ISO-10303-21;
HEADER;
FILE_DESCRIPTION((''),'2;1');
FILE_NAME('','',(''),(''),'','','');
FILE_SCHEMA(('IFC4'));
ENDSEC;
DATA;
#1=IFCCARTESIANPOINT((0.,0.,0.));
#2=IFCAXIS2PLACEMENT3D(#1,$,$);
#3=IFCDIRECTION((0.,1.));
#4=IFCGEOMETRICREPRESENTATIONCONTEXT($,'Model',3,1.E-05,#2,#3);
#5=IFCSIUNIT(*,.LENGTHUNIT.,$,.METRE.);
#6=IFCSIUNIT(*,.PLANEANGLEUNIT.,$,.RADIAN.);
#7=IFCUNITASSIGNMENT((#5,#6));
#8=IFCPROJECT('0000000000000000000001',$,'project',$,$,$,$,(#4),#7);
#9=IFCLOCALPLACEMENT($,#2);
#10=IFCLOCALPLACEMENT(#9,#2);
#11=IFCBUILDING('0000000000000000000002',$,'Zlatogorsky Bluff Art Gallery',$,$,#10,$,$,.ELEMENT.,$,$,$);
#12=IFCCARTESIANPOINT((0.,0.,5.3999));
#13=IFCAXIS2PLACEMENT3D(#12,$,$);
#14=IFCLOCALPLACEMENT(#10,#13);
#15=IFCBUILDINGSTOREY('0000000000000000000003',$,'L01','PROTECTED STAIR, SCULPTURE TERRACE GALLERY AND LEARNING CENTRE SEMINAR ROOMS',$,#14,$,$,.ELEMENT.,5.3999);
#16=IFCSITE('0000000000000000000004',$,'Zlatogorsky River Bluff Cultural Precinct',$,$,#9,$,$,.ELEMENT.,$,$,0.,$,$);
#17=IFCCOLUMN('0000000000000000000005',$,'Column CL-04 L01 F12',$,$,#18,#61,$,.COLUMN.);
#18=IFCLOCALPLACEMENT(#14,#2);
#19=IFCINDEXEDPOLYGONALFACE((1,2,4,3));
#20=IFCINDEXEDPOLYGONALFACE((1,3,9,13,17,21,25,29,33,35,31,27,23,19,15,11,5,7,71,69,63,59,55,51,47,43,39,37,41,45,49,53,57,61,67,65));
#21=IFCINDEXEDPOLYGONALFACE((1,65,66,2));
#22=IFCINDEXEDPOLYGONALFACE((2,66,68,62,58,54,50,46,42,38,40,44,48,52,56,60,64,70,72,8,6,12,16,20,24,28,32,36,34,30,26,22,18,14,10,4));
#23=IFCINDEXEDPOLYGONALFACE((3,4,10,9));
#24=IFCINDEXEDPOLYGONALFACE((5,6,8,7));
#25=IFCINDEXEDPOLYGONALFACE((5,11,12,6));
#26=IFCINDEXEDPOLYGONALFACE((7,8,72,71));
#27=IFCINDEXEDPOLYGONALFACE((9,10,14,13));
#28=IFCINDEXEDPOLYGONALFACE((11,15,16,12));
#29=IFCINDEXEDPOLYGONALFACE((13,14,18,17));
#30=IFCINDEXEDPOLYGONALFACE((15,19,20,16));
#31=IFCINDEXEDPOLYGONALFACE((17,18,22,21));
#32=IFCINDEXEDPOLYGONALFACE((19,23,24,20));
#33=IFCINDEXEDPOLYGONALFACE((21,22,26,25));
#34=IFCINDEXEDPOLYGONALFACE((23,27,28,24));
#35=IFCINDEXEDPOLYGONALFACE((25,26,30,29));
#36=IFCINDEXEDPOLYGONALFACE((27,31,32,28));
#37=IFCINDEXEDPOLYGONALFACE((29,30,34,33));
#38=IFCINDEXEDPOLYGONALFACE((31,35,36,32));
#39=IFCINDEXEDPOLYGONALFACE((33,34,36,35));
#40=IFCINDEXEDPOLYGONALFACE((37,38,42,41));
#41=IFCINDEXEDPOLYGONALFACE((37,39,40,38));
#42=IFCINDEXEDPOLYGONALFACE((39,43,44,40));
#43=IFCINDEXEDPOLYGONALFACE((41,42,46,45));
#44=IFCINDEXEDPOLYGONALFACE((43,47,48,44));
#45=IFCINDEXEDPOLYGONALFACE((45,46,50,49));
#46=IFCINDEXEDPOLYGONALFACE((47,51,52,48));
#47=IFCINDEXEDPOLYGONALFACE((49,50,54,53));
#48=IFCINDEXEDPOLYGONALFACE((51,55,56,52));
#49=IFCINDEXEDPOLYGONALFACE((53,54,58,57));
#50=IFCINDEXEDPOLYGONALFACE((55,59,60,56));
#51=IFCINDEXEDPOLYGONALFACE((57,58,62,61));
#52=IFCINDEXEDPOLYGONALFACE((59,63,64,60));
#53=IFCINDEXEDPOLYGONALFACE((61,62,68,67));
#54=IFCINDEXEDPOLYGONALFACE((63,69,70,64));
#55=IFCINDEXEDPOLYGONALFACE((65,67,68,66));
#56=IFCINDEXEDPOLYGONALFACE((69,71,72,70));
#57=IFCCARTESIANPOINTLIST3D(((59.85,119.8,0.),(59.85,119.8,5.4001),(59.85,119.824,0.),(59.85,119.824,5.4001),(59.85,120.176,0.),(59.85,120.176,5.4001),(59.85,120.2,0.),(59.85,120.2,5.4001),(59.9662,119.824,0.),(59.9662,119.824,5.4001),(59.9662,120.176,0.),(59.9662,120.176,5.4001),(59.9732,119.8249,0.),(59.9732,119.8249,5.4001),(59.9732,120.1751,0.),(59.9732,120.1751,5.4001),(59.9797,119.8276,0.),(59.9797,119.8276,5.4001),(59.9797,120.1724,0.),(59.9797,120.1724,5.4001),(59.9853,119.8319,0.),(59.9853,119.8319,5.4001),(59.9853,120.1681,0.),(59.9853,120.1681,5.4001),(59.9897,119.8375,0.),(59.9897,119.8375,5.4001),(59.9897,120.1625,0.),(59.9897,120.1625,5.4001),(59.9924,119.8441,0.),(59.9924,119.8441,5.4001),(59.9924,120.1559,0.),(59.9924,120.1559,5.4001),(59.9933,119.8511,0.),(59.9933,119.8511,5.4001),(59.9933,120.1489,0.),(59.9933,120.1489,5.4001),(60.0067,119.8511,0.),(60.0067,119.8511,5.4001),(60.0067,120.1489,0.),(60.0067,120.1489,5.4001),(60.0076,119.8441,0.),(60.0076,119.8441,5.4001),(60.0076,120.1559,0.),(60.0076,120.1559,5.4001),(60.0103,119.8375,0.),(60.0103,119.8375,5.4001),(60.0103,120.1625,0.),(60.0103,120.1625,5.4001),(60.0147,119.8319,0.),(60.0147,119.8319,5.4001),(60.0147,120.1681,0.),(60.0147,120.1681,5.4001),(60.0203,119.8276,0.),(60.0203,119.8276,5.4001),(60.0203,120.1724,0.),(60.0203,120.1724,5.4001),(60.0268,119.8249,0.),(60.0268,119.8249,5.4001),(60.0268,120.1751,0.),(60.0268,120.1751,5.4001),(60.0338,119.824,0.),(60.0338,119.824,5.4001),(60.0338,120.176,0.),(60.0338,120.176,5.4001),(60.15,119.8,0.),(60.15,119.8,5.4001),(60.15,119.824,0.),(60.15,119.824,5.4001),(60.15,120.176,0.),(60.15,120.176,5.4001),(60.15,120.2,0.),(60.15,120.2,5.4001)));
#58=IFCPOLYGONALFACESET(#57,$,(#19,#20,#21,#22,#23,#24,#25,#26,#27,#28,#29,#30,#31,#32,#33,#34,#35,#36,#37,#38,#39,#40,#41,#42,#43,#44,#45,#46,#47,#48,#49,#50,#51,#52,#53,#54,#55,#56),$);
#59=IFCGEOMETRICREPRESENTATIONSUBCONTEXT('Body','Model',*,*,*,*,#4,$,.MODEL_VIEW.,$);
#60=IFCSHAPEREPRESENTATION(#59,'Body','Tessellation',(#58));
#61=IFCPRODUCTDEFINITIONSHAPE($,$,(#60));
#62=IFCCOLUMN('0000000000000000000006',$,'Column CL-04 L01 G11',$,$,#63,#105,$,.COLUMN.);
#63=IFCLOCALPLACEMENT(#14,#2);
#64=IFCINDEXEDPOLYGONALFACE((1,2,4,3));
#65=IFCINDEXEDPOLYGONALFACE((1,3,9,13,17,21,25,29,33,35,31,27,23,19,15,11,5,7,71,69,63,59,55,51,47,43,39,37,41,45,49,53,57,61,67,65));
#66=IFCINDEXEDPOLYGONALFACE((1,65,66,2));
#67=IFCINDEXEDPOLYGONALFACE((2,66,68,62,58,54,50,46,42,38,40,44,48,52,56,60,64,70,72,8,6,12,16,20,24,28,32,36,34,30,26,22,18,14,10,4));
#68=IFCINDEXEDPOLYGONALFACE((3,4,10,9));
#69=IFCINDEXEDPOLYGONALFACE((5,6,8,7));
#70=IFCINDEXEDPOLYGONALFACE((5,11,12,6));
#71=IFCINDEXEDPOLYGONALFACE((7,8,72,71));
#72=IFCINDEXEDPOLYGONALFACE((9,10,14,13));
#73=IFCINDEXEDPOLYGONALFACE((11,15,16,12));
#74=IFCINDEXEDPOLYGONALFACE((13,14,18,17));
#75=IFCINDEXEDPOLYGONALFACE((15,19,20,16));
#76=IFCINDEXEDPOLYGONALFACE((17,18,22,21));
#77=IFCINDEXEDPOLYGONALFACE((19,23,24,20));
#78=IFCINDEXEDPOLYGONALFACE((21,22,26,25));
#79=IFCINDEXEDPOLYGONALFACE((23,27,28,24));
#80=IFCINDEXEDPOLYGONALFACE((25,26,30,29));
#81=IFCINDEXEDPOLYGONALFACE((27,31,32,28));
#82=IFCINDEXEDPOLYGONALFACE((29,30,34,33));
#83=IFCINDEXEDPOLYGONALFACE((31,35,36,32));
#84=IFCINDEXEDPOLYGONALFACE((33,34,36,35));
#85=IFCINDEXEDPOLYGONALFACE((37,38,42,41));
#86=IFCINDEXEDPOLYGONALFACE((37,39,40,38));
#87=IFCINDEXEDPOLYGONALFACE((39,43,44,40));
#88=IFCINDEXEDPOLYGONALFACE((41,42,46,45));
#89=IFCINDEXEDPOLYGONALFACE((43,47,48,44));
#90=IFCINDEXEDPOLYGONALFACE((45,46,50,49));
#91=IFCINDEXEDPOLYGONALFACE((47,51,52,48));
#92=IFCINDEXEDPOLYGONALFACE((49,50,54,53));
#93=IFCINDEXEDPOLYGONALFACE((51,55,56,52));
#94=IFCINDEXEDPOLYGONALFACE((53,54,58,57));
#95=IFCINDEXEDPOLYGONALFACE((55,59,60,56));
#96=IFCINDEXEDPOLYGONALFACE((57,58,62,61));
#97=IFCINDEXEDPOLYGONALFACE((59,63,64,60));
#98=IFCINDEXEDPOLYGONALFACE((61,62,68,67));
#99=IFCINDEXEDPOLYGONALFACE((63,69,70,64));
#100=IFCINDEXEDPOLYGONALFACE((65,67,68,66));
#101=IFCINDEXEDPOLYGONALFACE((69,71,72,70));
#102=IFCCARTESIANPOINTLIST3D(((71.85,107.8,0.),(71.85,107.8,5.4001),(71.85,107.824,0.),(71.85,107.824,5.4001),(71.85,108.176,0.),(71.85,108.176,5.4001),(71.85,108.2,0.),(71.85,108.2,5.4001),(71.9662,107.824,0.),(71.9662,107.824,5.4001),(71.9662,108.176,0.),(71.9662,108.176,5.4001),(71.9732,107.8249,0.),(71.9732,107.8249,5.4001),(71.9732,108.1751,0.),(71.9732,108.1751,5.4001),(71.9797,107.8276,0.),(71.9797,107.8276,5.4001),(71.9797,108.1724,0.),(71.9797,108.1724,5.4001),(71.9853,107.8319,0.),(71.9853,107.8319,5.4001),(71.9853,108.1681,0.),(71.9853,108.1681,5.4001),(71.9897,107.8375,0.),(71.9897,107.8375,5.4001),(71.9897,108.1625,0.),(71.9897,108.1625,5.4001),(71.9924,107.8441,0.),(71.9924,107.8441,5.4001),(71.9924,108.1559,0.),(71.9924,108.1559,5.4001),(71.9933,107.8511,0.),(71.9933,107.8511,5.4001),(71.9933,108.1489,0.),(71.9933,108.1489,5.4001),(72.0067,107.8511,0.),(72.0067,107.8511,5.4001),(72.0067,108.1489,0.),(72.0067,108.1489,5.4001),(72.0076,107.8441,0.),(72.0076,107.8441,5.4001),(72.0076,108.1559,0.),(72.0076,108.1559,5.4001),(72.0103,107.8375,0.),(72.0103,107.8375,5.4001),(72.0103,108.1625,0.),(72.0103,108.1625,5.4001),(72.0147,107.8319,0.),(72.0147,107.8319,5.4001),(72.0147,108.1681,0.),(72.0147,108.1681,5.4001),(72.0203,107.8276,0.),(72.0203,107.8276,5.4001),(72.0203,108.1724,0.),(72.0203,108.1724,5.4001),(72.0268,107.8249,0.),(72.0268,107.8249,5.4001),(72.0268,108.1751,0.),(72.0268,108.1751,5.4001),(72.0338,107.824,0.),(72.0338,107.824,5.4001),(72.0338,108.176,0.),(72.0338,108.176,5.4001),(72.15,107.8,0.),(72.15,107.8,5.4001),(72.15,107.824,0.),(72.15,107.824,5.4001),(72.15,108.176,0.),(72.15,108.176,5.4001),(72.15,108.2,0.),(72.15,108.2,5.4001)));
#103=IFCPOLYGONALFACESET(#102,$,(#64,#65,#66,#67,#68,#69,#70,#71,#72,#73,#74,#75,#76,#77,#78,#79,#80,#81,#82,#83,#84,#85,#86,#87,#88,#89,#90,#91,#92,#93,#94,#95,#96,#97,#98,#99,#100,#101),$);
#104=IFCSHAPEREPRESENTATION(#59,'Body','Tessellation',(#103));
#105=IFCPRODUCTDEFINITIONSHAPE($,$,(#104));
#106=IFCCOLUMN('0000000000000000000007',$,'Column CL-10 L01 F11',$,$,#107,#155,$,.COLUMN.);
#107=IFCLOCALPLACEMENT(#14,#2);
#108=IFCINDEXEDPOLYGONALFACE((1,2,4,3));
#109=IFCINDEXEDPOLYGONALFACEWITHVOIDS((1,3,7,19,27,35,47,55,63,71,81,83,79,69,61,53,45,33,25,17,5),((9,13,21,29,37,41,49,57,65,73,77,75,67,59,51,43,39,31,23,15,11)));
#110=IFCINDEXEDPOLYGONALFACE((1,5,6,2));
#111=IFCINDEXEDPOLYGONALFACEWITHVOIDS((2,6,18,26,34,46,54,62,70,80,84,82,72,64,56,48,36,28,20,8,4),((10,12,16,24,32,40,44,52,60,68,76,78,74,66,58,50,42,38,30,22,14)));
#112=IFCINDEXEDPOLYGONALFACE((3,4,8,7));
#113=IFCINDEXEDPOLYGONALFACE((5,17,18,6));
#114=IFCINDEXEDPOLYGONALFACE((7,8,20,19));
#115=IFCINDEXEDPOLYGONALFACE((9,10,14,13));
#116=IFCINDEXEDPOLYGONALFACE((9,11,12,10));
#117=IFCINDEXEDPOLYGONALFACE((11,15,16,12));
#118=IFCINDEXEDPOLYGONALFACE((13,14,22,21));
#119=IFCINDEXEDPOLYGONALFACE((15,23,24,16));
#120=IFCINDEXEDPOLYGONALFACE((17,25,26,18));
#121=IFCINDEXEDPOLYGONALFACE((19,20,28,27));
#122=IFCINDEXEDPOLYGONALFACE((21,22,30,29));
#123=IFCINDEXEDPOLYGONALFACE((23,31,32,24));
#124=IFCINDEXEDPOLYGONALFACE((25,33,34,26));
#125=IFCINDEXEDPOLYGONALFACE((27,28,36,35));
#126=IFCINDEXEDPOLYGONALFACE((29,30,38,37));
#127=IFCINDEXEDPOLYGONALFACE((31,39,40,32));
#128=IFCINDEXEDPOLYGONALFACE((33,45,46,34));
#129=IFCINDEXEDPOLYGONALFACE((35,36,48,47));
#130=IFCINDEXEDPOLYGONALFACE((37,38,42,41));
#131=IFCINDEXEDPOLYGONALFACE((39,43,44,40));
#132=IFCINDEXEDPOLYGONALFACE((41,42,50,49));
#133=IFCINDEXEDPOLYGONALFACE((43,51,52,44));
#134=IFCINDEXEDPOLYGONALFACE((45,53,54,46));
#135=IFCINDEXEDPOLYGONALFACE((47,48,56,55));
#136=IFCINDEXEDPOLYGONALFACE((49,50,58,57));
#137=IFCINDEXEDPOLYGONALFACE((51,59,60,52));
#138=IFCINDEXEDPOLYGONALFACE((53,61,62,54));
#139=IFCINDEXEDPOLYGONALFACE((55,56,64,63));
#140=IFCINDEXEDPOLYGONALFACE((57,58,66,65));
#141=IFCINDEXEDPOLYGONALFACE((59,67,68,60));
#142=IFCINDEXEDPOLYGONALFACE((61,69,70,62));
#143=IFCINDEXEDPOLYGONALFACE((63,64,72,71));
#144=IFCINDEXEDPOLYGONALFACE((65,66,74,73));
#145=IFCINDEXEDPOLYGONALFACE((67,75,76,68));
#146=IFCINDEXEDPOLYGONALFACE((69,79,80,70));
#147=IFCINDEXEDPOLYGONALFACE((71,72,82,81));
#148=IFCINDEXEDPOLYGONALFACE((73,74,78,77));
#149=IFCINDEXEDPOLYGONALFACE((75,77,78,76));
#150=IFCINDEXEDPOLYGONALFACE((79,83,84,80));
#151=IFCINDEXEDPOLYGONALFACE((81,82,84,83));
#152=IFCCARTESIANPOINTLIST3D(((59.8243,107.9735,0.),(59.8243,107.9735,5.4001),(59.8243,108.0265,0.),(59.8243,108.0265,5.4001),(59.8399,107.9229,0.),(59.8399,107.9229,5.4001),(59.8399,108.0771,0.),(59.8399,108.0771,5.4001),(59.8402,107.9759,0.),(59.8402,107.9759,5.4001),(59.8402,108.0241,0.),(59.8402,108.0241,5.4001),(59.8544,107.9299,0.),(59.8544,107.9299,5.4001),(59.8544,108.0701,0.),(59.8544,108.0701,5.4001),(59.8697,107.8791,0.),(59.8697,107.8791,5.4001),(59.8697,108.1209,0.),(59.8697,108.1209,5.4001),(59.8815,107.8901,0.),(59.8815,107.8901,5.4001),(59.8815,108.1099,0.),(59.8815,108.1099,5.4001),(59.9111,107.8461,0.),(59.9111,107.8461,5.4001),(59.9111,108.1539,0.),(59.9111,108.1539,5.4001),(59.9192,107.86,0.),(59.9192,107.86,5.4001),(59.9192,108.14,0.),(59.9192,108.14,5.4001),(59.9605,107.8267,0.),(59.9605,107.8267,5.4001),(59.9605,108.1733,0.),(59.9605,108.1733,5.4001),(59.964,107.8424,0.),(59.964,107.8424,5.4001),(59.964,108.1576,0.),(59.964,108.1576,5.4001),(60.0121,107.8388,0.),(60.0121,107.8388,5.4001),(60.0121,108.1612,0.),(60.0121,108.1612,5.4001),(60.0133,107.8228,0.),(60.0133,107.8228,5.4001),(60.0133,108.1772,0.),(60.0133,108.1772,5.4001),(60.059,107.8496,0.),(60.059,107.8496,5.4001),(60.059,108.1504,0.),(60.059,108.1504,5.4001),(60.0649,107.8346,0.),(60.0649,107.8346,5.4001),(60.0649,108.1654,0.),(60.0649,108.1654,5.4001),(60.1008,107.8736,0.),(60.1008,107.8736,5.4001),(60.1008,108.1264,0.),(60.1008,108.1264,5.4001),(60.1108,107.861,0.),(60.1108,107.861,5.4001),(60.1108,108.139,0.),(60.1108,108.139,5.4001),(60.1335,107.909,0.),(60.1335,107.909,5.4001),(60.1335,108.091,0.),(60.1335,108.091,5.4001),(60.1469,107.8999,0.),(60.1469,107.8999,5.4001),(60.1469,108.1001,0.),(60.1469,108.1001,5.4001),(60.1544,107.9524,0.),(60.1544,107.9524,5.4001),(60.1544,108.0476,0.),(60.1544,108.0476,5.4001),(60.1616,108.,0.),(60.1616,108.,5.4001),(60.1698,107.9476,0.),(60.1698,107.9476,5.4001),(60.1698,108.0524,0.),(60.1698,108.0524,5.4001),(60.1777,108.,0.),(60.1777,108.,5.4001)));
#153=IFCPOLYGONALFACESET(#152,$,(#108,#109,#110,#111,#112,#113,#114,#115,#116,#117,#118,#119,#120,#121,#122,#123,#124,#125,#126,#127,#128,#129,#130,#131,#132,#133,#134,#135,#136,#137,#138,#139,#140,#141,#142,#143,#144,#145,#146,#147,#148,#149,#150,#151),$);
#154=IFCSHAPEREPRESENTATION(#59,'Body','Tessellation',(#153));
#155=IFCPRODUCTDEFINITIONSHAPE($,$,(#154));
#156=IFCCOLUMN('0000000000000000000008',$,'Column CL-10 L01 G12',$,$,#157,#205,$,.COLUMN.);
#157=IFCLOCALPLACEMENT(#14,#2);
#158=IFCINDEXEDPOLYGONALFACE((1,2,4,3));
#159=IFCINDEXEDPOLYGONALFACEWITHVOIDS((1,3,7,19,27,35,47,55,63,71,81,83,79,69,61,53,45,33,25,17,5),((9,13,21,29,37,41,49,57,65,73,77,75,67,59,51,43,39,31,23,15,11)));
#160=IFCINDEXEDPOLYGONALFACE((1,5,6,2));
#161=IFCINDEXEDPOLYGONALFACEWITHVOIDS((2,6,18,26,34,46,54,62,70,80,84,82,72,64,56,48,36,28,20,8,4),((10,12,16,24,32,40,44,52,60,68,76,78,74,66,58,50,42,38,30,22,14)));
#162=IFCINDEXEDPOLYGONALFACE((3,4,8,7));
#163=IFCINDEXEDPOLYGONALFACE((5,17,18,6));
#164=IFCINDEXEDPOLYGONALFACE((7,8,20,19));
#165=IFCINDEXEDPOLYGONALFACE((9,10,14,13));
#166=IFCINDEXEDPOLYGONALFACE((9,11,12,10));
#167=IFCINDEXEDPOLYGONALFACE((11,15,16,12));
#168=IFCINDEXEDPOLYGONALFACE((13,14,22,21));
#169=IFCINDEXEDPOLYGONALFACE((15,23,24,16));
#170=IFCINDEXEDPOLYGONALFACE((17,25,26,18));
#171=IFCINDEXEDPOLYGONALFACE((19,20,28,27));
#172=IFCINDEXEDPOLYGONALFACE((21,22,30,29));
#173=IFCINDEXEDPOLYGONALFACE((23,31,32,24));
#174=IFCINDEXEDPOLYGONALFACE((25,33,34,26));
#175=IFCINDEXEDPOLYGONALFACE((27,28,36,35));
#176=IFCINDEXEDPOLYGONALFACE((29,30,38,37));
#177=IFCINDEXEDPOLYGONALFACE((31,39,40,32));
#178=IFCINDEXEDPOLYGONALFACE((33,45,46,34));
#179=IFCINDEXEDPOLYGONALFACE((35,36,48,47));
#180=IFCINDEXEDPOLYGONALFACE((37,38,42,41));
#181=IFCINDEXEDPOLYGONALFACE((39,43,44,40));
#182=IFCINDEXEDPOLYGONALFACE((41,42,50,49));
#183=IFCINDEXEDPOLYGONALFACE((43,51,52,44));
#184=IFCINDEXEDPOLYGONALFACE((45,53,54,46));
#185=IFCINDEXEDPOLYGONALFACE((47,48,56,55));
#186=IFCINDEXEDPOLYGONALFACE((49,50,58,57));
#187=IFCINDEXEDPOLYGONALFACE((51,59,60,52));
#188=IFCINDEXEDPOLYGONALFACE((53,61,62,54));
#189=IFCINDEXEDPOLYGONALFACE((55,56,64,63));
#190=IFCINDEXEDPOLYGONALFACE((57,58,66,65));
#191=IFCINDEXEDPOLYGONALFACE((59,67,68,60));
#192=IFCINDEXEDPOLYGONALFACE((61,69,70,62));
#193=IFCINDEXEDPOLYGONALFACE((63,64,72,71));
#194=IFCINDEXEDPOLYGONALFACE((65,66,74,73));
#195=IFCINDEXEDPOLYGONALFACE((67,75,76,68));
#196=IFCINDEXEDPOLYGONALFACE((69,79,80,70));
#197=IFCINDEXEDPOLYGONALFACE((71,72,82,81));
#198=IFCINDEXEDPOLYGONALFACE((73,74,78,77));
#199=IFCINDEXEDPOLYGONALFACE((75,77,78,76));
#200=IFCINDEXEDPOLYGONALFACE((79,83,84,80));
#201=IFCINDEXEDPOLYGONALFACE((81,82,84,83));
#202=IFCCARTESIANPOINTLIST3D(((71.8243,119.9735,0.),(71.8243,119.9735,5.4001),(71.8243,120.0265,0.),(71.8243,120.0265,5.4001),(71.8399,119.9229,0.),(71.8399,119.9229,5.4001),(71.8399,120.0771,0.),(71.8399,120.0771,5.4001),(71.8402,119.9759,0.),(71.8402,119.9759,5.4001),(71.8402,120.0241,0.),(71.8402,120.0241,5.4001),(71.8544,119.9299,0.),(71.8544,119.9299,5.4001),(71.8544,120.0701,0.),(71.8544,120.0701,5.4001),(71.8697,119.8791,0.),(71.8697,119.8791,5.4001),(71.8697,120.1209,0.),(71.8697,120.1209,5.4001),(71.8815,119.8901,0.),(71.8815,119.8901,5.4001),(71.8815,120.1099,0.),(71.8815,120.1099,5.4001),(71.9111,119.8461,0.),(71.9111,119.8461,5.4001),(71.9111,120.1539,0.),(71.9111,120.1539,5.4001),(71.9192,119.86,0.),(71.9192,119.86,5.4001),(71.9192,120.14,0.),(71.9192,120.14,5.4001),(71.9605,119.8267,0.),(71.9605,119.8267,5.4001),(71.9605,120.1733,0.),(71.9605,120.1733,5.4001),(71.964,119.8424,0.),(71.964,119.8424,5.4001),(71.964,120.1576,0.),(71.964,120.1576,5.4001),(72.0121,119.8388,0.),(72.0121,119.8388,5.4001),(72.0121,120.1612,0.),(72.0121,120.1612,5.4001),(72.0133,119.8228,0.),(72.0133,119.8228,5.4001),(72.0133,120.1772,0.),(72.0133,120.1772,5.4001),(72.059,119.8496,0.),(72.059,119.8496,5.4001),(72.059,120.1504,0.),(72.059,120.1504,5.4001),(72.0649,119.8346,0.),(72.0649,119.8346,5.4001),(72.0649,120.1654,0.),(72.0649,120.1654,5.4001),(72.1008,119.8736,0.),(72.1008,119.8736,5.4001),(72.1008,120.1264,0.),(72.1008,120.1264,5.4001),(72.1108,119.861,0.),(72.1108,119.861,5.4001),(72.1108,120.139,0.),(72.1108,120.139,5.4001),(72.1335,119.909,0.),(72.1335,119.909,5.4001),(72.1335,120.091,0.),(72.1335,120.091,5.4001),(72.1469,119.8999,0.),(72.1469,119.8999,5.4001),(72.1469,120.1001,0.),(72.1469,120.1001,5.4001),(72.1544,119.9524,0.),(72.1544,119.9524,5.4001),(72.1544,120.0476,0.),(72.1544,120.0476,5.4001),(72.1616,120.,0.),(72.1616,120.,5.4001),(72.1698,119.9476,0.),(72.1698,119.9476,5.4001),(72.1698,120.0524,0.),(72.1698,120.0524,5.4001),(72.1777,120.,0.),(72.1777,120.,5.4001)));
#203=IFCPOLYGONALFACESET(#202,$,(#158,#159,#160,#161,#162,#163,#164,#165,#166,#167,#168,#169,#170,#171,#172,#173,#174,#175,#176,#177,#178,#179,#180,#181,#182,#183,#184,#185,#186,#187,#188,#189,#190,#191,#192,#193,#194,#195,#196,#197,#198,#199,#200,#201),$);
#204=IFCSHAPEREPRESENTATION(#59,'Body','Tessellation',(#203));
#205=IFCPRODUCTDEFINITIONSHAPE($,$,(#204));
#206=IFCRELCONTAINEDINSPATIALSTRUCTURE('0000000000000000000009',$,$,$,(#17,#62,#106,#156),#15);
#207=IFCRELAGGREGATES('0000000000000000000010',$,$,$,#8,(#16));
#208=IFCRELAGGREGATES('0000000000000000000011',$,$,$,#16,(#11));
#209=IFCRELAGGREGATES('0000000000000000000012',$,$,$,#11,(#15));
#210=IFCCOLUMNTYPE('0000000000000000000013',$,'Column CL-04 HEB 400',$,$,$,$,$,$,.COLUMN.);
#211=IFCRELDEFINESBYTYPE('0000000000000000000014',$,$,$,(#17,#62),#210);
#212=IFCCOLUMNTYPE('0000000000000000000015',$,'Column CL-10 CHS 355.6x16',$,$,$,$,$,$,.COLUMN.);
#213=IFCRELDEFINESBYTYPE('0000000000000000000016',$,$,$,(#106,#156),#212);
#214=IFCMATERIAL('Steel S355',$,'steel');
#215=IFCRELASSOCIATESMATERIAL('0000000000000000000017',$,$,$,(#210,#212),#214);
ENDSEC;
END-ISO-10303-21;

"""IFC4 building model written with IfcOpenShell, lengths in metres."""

from ifc_helpers import new_model, si_unit, direction, frame, origin, origin_2d, place, context, subcontext, project, spatial, hollow_circle, i_section, extrude, material, material_profile, profile_set, type_object, element, save


model = new_model("IFC4")

# Units and contexts
model_context = context("Model", 3, precision=1e-05, world=origin(), true_north=direction((0.0, 1.0)))
body_context = subcontext(model_context, "Body", "Model", "MODEL_VIEW")
ifc_project = project(units=[si_unit("LENGTHUNIT", "METRE"), si_unit("PLANEANGLEUNIT", "RADIAN")], contexts=[model_context])

# Site, building, storey
site_placement = place(None, origin())
site = spatial("IfcSite", under=ifc_project, at=site_placement, Name="Zlatogorsky River Bluff Cultural Precinct", CompositionType="ELEMENT", RefElevation=0.0)
building_placement = place(site_placement, origin())
building = spatial("IfcBuilding", under=site, at=building_placement, Name="Zlatogorsky Bluff Art Gallery", CompositionType="ELEMENT")
storey_placement = place(building_placement, frame((0.0, 0.0, 5.3999)))
storey = spatial("IfcBuildingStorey", under=building, at=storey_placement, Name="L01", Description="PROTECTED STAIR, SCULPTURE TERRACE GALLERY AND LEARNING CENTRE SEMINAR ROOMS", CompositionType="ELEMENT", Elevation=5.3999)

# Columns
ifc_material_1 = material(Name="Steel S355", Category="steel")
ifc_material_profile_1 = material_profile(ifc_material_1, i_section(OverallWidth=0.3, OverallDepth=0.3999, WebThickness=0.0134, FlangeThickness=0.0239, FilletRadius=0.0271, at=origin_2d()), Name="HEB 400")
ifc_profile_set_1 = profile_set([ifc_material_profile_1], Name="Steel S355")
column_type_1 = type_object("IfcColumnType", Name="Column CL-04 HEB 400", PredefinedType="COLUMN", material=ifc_profile_set_1)
for number, where, z_axis, x_axis, name in (
    (1, (60.0, 120.0, 0.0), (0.0, 0.0, 1.0), (1.0, 0.0, 0.0), "Column CL-04 L01 F12"),
    (2, (72.0, 108.0, 0.0), (0.0, 0.0, 1.0), (1.0, 0.0, 0.0), "Column CL-04 L01 G11"),
):
    element("IfcColumn", number, at=place(storey_placement, frame(where, z_axis=z_axis, x_axis=x_axis)), inside=storey, type_object=column_type_1, Name=name, PredefinedType="COLUMN", context=body_context, shape_type="SweptSolid", body=[
        extrude(i_section(OverallWidth=0.3, OverallDepth=0.3999, WebThickness=0.0134, FlangeThickness=0.0239, FilletRadius=0.0271, at=origin_2d()), origin(), (0.0, 0.0, 1.0), 5.4001),
    ])
ifc_material_profile_2 = material_profile(ifc_material_1, hollow_circle(Radius=0.1777, WallThickness=0.0161, at=origin_2d()), Name="CHS 355.6x16")
ifc_profile_set_2 = profile_set([ifc_material_profile_2], Name="Steel S355")
column_type_2 = type_object("IfcColumnType", Name="Column CL-10 CHS 355.6x16", PredefinedType="COLUMN", material=ifc_profile_set_2)
for number, where, z_axis, x_axis, name in (
    (3, (60.0, 108.0, 0.0), (0.0, 0.0, 1.0), (1.0, 0.0, 0.0), "Column CL-10 L01 F11"),
    (4, (72.0, 120.0, 0.0), (0.0, 0.0, 1.0), (1.0, 0.0, 0.0), "Column CL-10 L01 G12"),
):
    element("IfcColumn", number, at=place(storey_placement, frame(where, z_axis=z_axis, x_axis=x_axis)), inside=storey, type_object=column_type_2, Name=name, PredefinedType="COLUMN", context=body_context, shape_type="SweptSolid", body=[
        extrude(hollow_circle(Radius=0.1777, WallThickness=0.0161, at=origin_2d()), origin(), (0.0, 0.0, 1.0), 5.4001),
    ])

save(model, "model.ifc")
